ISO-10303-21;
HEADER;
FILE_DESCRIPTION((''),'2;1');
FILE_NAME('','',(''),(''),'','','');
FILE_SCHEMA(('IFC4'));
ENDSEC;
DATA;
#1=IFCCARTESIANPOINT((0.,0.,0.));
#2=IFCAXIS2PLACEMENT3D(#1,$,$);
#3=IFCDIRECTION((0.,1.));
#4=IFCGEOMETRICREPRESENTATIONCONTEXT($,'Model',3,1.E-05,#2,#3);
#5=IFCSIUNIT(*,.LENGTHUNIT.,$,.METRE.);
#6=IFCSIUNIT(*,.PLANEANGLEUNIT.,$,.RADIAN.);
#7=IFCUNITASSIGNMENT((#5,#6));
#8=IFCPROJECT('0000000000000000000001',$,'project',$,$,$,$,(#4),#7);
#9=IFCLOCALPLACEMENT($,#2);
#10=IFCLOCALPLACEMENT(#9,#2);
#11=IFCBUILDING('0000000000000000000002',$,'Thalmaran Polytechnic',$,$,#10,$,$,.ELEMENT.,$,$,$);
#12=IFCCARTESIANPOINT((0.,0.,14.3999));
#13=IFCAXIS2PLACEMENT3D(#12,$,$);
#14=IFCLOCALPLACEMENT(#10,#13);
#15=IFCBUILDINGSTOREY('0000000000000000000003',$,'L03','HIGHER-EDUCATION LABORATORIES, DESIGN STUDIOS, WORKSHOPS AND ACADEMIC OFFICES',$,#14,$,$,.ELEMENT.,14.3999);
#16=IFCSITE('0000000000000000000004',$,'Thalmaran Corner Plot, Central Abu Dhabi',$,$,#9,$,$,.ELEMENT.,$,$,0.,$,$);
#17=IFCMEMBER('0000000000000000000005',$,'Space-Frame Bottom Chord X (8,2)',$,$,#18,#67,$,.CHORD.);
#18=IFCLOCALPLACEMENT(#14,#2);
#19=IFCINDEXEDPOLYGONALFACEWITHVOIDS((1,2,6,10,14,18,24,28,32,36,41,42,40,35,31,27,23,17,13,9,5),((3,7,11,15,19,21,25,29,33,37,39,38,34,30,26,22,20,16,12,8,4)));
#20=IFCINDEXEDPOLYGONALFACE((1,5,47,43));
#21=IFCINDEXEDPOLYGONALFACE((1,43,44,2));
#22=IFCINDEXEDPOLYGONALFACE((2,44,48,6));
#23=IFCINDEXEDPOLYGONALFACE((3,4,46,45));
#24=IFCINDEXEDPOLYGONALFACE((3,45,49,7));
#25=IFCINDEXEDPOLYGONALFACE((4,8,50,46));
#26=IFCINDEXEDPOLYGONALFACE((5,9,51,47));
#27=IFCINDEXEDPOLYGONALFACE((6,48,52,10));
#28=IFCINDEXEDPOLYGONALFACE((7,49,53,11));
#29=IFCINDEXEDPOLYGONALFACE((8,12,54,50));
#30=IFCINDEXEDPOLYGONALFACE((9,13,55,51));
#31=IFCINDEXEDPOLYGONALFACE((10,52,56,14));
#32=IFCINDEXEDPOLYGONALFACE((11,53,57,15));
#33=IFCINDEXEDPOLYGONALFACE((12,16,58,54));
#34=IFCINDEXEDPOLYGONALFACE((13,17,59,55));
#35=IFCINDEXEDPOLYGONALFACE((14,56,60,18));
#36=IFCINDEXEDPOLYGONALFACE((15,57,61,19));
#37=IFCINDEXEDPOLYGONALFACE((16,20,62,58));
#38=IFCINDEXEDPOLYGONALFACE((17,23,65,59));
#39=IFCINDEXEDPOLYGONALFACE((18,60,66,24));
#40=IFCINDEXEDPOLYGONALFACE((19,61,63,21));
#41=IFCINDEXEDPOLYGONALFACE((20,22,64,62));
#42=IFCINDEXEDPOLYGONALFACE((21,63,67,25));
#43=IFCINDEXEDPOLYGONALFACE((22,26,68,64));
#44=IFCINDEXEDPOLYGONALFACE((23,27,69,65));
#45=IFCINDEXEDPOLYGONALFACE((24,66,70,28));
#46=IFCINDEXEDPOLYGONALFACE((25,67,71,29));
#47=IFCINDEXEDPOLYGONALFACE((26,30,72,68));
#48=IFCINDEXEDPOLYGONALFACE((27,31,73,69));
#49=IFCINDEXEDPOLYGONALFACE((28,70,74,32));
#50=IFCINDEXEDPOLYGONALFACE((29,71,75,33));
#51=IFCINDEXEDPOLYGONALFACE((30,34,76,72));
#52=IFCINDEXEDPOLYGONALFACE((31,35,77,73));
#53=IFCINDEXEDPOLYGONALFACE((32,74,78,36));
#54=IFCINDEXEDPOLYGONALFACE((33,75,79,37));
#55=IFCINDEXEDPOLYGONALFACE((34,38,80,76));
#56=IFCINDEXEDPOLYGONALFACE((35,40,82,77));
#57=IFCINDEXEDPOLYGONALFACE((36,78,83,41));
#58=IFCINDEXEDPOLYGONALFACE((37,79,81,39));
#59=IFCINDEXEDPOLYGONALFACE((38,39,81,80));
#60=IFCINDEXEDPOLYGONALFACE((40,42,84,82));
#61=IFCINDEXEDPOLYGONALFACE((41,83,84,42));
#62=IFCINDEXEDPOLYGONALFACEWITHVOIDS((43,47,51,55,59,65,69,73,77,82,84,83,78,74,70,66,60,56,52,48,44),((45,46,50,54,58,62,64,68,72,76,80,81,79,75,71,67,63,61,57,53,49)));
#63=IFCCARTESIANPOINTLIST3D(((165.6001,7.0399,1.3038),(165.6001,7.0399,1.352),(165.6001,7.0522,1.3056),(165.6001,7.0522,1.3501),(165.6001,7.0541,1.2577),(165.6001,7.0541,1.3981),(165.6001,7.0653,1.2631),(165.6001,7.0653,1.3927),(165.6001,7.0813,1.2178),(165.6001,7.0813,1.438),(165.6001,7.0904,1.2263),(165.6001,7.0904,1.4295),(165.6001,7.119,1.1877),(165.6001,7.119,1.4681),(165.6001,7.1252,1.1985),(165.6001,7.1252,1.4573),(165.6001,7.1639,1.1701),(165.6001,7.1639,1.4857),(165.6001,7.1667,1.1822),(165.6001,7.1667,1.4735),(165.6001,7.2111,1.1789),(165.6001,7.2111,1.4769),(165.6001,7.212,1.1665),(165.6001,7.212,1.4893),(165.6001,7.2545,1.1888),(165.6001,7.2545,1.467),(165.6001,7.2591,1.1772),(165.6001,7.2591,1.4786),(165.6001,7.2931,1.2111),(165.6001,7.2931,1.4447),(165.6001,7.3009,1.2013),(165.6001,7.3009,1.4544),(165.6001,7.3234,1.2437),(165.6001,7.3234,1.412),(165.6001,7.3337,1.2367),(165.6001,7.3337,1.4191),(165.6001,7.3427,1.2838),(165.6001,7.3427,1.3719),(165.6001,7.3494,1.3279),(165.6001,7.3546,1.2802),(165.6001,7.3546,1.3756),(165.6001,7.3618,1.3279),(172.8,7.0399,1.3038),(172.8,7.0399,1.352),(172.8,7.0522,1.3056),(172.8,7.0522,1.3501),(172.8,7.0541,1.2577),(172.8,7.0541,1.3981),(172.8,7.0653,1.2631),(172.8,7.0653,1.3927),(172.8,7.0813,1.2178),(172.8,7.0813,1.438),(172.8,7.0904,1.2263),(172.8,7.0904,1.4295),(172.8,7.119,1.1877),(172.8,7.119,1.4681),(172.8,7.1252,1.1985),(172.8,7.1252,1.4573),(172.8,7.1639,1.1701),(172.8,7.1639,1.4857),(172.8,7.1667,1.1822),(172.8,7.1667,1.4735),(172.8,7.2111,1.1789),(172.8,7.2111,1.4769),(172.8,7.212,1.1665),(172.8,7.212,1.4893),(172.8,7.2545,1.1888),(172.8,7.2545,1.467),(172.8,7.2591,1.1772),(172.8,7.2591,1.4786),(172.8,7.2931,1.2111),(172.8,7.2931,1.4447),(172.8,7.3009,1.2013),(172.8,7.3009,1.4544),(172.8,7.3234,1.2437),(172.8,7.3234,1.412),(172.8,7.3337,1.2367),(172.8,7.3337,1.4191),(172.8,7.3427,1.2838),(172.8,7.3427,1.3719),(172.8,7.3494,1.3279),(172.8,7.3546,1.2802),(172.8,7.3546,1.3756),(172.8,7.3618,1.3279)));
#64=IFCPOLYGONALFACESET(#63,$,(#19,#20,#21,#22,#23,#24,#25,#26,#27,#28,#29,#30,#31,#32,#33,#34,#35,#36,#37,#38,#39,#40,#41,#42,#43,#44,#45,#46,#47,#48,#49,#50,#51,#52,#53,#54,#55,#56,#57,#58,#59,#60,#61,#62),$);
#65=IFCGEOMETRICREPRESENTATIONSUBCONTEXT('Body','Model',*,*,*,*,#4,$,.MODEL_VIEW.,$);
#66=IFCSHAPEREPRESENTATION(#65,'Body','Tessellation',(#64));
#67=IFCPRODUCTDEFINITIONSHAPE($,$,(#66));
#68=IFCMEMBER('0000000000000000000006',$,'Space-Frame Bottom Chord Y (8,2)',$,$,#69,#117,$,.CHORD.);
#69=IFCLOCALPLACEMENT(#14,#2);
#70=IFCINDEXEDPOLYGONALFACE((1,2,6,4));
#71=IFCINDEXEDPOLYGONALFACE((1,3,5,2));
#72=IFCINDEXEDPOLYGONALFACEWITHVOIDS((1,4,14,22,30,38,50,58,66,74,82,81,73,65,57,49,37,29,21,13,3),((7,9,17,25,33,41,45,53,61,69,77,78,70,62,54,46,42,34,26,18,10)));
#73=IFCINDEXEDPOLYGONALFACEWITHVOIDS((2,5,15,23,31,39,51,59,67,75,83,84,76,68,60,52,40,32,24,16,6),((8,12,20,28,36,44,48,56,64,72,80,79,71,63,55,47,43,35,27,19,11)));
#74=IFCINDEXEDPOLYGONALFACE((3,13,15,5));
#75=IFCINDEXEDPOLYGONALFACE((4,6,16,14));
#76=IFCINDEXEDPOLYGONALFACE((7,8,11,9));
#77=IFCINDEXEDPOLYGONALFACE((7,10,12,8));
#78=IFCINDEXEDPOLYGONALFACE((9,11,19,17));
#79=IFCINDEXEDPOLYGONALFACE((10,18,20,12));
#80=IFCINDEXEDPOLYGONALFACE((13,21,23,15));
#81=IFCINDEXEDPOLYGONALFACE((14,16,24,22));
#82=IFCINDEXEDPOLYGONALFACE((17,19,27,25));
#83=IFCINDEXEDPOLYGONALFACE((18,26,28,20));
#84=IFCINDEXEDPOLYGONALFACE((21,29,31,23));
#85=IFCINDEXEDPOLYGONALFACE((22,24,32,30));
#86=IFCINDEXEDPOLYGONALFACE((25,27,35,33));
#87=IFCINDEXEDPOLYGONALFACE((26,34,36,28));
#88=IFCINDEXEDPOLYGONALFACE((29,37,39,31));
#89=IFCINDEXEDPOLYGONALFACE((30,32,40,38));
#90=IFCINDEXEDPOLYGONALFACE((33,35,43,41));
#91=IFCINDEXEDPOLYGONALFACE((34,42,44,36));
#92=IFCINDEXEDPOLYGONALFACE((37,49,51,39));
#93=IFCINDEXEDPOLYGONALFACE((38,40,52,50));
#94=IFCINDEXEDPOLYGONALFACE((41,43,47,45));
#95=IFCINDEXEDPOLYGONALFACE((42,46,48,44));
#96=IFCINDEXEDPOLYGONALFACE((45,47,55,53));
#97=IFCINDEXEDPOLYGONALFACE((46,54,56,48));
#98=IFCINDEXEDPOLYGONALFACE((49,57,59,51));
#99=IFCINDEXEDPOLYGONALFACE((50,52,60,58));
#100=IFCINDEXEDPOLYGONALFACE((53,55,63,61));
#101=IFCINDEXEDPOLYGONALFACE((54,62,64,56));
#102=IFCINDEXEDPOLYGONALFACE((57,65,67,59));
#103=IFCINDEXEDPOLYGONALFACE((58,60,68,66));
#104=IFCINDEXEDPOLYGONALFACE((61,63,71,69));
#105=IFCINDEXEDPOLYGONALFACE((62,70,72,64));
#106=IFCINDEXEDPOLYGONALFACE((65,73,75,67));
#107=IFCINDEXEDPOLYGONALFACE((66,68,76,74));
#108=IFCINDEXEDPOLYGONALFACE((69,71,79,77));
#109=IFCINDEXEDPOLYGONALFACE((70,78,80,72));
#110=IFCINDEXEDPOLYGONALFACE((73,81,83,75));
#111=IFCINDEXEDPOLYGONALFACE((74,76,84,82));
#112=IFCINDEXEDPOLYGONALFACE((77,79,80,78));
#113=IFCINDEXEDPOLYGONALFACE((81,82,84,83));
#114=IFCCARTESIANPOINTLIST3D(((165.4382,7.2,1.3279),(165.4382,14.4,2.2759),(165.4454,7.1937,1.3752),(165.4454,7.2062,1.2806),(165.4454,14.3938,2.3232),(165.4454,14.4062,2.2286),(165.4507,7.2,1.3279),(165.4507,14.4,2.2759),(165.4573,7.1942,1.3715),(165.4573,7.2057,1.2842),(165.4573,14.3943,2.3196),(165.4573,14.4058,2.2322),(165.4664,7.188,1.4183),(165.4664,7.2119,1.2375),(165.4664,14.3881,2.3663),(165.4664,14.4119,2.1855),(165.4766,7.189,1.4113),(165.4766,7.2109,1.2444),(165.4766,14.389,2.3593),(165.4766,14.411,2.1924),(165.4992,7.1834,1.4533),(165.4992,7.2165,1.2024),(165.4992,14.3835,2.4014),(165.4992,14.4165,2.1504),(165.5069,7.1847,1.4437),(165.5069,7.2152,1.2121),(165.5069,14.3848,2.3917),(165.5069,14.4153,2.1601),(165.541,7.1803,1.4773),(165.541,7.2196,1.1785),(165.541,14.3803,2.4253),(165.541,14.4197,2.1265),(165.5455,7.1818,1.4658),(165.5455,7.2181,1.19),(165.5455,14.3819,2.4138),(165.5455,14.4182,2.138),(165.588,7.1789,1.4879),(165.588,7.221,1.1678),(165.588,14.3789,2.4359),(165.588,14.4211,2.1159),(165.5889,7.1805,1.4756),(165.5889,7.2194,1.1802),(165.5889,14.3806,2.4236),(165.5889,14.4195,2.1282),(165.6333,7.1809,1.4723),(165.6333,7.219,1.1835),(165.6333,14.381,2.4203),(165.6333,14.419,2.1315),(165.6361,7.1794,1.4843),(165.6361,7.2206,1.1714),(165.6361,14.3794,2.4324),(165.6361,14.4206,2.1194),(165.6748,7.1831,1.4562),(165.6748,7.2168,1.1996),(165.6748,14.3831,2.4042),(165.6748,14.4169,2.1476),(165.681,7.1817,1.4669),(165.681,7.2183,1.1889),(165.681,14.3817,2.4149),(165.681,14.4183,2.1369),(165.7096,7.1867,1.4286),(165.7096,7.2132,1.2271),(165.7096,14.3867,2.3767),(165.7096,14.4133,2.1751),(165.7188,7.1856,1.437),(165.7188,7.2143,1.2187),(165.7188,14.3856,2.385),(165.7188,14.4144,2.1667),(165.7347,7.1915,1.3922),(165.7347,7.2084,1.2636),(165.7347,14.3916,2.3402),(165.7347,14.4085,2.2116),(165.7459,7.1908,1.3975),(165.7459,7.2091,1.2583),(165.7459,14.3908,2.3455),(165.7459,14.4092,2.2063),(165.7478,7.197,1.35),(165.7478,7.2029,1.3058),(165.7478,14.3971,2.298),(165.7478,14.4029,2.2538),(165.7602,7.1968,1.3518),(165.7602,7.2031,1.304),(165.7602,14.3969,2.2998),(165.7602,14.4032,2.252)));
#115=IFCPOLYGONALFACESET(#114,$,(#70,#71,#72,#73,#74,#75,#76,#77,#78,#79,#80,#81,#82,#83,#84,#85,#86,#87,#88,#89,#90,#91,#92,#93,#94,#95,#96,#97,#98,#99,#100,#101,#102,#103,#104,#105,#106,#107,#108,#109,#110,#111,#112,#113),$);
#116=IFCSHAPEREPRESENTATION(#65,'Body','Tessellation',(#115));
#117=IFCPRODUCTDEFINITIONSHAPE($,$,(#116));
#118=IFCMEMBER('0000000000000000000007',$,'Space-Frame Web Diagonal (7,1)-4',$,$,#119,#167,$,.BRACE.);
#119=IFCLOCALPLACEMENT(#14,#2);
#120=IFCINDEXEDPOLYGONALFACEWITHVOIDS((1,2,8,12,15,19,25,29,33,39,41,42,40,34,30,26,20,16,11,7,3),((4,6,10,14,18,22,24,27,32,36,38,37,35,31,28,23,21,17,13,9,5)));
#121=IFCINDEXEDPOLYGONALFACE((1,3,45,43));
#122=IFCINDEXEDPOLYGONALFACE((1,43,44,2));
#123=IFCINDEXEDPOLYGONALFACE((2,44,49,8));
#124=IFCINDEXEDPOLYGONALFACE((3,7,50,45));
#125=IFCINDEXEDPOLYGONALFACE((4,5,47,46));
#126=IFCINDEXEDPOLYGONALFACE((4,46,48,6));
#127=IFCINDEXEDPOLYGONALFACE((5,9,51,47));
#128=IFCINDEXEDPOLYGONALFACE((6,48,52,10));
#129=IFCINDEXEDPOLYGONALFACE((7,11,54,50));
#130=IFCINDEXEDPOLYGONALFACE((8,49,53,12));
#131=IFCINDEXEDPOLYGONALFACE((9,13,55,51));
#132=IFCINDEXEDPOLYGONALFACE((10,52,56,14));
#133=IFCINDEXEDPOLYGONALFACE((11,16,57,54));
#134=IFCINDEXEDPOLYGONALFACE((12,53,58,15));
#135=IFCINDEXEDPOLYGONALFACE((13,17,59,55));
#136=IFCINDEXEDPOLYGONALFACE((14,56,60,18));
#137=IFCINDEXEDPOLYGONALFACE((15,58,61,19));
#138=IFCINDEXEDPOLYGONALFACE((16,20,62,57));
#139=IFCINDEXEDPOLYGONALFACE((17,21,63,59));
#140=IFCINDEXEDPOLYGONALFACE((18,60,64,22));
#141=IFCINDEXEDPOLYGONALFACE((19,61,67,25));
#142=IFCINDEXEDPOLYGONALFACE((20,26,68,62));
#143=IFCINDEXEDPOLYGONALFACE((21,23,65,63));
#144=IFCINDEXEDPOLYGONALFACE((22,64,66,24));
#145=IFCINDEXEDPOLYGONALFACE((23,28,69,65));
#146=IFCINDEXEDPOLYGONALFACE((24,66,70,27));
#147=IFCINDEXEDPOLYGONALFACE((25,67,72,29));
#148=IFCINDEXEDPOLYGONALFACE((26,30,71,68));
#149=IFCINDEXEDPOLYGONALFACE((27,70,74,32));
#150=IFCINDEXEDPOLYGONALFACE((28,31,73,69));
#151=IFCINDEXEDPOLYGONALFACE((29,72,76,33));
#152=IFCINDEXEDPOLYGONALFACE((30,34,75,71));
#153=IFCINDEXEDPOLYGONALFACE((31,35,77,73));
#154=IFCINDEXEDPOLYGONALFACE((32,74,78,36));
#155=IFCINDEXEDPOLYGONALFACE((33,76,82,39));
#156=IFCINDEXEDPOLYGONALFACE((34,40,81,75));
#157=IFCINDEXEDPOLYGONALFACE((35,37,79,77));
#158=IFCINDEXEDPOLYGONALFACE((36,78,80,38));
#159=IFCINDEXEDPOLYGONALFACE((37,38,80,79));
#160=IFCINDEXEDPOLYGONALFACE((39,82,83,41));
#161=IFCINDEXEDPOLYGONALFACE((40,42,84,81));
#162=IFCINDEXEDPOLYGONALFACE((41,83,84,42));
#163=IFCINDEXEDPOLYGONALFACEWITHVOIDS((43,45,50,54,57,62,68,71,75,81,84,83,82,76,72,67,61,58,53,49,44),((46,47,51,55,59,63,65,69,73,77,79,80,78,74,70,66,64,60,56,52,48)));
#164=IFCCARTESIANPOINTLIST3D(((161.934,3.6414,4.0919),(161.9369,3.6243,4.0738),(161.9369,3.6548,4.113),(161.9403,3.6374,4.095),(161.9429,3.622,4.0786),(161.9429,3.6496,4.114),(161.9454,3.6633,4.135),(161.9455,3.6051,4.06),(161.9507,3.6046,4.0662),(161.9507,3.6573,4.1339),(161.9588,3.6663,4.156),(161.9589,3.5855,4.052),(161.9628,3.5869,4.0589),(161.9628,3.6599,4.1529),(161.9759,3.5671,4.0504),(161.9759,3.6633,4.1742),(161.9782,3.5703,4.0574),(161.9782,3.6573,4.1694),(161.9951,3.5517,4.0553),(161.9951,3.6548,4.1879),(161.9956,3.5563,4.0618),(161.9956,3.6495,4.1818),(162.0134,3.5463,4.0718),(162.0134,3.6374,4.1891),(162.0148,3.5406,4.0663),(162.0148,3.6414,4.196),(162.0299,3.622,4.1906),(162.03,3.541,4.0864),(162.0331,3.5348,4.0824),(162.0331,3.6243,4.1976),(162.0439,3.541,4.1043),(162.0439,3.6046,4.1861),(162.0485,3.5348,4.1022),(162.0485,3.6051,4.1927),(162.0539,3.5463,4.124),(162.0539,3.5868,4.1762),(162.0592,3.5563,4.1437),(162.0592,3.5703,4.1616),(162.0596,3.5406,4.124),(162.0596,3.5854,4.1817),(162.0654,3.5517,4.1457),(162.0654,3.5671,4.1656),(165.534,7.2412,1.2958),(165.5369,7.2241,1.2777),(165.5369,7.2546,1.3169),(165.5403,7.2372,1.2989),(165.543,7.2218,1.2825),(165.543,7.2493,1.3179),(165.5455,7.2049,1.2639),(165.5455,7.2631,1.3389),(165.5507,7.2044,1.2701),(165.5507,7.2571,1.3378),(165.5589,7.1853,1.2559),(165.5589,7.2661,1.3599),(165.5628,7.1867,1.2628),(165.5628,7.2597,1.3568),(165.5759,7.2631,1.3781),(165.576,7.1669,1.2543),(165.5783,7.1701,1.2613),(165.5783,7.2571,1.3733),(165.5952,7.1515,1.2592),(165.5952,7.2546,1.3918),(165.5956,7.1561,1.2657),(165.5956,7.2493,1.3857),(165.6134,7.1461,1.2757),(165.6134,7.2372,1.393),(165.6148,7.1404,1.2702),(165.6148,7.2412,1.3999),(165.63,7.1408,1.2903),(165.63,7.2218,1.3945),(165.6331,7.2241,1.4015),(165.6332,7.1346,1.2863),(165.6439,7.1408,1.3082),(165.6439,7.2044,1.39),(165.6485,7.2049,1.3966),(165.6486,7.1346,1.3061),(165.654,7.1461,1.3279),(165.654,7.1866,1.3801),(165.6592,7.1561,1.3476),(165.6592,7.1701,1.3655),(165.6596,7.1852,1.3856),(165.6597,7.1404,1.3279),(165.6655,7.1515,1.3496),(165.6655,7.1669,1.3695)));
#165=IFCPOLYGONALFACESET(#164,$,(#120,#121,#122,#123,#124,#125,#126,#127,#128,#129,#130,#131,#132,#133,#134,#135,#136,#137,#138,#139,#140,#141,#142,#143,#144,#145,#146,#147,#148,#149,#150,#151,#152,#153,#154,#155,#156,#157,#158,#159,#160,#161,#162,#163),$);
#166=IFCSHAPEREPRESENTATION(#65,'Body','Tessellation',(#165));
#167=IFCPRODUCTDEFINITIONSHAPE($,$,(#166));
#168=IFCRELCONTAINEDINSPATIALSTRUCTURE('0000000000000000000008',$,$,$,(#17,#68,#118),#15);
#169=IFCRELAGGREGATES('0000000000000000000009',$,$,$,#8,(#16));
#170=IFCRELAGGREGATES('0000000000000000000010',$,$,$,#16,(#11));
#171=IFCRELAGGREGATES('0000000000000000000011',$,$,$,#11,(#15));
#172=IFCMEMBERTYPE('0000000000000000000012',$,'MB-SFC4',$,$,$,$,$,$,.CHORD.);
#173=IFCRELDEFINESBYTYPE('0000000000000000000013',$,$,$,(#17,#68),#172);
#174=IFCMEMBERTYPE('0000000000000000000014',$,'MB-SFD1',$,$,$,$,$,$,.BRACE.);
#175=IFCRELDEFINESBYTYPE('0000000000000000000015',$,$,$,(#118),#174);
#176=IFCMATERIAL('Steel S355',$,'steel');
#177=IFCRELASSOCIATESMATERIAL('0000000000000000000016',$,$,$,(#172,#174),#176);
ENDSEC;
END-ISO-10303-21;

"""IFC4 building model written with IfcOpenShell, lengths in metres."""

from ifc_helpers import new_model, si_unit, direction, frame, origin, origin_2d, place, context, subcontext, project, spatial, hollow_circle, extrude, material, material_profile, profile_set, type_object, element, save


model = new_model("IFC4")

# Units and contexts
model_context = context("Model", 3, precision=1e-05, world=origin(), true_north=direction((0.0, 1.0)))
body_context = subcontext(model_context, "Body", "Model", "MODEL_VIEW")
ifc_project = project(units=[si_unit("LENGTHUNIT", "METRE"), si_unit("PLANEANGLEUNIT", "RADIAN")], contexts=[model_context])

# Site, building, storey
site_placement = place(None, origin())
site = spatial("IfcSite", under=ifc_project, at=site_placement, Name="Thalmaran Corner Plot, Central Abu Dhabi", CompositionType="ELEMENT", RefElevation=0.0)
building_placement = place(site_placement, origin())
building = spatial("IfcBuilding", under=site, at=building_placement, Name="Thalmaran Polytechnic", CompositionType="ELEMENT")
storey_placement = place(building_placement, frame((0.0, 0.0, 14.3999)))
storey = spatial("IfcBuildingStorey", under=building, at=storey_placement, Name="L03", Description="HIGHER-EDUCATION LABORATORIES, DESIGN STUDIOS, WORKSHOPS AND ACADEMIC OFFICES", CompositionType="ELEMENT", Elevation=14.3999)

# Shared definitions
ifc_material_1 = material(Name="Steel S355", Category="steel")

# Members
ifc_material_profile_1 = material_profile(ifc_material_1, hollow_circle(Radius=0.1619, WallThickness=0.0125, at=origin_2d()), Name="CHS 323.9x12.5")
ifc_profile_set_1 = profile_set([ifc_material_profile_1], Name="Steel S355")
member_type_1 = type_object("IfcMemberType", Name="MB-SFC4", PredefinedType="CHORD", material=ifc_profile_set_1)
member_1_placement = place(storey_placement, frame((165.6001, 7.2, 1.3279), z_axis=(1.0, 0.0, 0.0), x_axis=(0.0, 1.0, 0.0)))
element("IfcMember", 1, at=member_1_placement, inside=storey, type_object=member_type_1, Name="Space-Frame Bottom Chord X (8,2)", PredefinedType="CHORD", context=body_context, shape_type="SweptSolid", body=[
    extrude(hollow_circle(Radius=0.1619, WallThickness=0.0125, at=origin_2d()), origin(), (0.0, 0.0, 1.0), 7.2),
])
member_2_placement = place(storey_placement, frame((165.6001, 7.2, 1.3279), z_axis=(0.0, 0.991443, 0.130541), x_axis=(-1.0, 0.0, 0.0)))
element("IfcMember", 2, at=member_2_placement, inside=storey, type_object=member_type_1, Name="Space-Frame Bottom Chord Y (8,2)", PredefinedType="CHORD", context=body_context, shape_type="SweptSolid", body=[
    extrude(hollow_circle(Radius=0.1619, WallThickness=0.0125, at=origin_2d()), origin(), (0.0, 0.0, 1.0), 7.2622),
])
ifc_material_profile_2 = material_profile(ifc_material_1, hollow_circle(Radius=0.0842, WallThickness=0.0081, at=origin_2d()), Name="CHS 168.3x8.0")
ifc_profile_set_2 = profile_set([ifc_material_profile_2], Name="Steel S355")
member_type_2 = type_object("IfcMemberType", Name="MB-SFD1", PredefinedType="BRACE", material=ifc_profile_set_2)
for number, where, z_axis, x_axis, name in (
    (3, (165.6001, 7.2, 1.3279), (-0.619804, -0.619762, 0.481392), (0.707083, -0.707131, 0.0), "Space-Frame Web Diagonal (7,1)-4"),
):
    element("IfcMember", number, at=place(storey_placement, frame(where, z_axis=z_axis, x_axis=x_axis)), inside=storey, type_object=member_type_2, Name=name, PredefinedType="BRACE", context=body_context, shape_type="SweptSolid", body=[
        extrude(hollow_circle(Radius=0.0842, WallThickness=0.0081, at=origin_2d()), origin(), (0.0, 0.0, 1.0), 5.8083),
    ])

save(model, "model.ifc")
